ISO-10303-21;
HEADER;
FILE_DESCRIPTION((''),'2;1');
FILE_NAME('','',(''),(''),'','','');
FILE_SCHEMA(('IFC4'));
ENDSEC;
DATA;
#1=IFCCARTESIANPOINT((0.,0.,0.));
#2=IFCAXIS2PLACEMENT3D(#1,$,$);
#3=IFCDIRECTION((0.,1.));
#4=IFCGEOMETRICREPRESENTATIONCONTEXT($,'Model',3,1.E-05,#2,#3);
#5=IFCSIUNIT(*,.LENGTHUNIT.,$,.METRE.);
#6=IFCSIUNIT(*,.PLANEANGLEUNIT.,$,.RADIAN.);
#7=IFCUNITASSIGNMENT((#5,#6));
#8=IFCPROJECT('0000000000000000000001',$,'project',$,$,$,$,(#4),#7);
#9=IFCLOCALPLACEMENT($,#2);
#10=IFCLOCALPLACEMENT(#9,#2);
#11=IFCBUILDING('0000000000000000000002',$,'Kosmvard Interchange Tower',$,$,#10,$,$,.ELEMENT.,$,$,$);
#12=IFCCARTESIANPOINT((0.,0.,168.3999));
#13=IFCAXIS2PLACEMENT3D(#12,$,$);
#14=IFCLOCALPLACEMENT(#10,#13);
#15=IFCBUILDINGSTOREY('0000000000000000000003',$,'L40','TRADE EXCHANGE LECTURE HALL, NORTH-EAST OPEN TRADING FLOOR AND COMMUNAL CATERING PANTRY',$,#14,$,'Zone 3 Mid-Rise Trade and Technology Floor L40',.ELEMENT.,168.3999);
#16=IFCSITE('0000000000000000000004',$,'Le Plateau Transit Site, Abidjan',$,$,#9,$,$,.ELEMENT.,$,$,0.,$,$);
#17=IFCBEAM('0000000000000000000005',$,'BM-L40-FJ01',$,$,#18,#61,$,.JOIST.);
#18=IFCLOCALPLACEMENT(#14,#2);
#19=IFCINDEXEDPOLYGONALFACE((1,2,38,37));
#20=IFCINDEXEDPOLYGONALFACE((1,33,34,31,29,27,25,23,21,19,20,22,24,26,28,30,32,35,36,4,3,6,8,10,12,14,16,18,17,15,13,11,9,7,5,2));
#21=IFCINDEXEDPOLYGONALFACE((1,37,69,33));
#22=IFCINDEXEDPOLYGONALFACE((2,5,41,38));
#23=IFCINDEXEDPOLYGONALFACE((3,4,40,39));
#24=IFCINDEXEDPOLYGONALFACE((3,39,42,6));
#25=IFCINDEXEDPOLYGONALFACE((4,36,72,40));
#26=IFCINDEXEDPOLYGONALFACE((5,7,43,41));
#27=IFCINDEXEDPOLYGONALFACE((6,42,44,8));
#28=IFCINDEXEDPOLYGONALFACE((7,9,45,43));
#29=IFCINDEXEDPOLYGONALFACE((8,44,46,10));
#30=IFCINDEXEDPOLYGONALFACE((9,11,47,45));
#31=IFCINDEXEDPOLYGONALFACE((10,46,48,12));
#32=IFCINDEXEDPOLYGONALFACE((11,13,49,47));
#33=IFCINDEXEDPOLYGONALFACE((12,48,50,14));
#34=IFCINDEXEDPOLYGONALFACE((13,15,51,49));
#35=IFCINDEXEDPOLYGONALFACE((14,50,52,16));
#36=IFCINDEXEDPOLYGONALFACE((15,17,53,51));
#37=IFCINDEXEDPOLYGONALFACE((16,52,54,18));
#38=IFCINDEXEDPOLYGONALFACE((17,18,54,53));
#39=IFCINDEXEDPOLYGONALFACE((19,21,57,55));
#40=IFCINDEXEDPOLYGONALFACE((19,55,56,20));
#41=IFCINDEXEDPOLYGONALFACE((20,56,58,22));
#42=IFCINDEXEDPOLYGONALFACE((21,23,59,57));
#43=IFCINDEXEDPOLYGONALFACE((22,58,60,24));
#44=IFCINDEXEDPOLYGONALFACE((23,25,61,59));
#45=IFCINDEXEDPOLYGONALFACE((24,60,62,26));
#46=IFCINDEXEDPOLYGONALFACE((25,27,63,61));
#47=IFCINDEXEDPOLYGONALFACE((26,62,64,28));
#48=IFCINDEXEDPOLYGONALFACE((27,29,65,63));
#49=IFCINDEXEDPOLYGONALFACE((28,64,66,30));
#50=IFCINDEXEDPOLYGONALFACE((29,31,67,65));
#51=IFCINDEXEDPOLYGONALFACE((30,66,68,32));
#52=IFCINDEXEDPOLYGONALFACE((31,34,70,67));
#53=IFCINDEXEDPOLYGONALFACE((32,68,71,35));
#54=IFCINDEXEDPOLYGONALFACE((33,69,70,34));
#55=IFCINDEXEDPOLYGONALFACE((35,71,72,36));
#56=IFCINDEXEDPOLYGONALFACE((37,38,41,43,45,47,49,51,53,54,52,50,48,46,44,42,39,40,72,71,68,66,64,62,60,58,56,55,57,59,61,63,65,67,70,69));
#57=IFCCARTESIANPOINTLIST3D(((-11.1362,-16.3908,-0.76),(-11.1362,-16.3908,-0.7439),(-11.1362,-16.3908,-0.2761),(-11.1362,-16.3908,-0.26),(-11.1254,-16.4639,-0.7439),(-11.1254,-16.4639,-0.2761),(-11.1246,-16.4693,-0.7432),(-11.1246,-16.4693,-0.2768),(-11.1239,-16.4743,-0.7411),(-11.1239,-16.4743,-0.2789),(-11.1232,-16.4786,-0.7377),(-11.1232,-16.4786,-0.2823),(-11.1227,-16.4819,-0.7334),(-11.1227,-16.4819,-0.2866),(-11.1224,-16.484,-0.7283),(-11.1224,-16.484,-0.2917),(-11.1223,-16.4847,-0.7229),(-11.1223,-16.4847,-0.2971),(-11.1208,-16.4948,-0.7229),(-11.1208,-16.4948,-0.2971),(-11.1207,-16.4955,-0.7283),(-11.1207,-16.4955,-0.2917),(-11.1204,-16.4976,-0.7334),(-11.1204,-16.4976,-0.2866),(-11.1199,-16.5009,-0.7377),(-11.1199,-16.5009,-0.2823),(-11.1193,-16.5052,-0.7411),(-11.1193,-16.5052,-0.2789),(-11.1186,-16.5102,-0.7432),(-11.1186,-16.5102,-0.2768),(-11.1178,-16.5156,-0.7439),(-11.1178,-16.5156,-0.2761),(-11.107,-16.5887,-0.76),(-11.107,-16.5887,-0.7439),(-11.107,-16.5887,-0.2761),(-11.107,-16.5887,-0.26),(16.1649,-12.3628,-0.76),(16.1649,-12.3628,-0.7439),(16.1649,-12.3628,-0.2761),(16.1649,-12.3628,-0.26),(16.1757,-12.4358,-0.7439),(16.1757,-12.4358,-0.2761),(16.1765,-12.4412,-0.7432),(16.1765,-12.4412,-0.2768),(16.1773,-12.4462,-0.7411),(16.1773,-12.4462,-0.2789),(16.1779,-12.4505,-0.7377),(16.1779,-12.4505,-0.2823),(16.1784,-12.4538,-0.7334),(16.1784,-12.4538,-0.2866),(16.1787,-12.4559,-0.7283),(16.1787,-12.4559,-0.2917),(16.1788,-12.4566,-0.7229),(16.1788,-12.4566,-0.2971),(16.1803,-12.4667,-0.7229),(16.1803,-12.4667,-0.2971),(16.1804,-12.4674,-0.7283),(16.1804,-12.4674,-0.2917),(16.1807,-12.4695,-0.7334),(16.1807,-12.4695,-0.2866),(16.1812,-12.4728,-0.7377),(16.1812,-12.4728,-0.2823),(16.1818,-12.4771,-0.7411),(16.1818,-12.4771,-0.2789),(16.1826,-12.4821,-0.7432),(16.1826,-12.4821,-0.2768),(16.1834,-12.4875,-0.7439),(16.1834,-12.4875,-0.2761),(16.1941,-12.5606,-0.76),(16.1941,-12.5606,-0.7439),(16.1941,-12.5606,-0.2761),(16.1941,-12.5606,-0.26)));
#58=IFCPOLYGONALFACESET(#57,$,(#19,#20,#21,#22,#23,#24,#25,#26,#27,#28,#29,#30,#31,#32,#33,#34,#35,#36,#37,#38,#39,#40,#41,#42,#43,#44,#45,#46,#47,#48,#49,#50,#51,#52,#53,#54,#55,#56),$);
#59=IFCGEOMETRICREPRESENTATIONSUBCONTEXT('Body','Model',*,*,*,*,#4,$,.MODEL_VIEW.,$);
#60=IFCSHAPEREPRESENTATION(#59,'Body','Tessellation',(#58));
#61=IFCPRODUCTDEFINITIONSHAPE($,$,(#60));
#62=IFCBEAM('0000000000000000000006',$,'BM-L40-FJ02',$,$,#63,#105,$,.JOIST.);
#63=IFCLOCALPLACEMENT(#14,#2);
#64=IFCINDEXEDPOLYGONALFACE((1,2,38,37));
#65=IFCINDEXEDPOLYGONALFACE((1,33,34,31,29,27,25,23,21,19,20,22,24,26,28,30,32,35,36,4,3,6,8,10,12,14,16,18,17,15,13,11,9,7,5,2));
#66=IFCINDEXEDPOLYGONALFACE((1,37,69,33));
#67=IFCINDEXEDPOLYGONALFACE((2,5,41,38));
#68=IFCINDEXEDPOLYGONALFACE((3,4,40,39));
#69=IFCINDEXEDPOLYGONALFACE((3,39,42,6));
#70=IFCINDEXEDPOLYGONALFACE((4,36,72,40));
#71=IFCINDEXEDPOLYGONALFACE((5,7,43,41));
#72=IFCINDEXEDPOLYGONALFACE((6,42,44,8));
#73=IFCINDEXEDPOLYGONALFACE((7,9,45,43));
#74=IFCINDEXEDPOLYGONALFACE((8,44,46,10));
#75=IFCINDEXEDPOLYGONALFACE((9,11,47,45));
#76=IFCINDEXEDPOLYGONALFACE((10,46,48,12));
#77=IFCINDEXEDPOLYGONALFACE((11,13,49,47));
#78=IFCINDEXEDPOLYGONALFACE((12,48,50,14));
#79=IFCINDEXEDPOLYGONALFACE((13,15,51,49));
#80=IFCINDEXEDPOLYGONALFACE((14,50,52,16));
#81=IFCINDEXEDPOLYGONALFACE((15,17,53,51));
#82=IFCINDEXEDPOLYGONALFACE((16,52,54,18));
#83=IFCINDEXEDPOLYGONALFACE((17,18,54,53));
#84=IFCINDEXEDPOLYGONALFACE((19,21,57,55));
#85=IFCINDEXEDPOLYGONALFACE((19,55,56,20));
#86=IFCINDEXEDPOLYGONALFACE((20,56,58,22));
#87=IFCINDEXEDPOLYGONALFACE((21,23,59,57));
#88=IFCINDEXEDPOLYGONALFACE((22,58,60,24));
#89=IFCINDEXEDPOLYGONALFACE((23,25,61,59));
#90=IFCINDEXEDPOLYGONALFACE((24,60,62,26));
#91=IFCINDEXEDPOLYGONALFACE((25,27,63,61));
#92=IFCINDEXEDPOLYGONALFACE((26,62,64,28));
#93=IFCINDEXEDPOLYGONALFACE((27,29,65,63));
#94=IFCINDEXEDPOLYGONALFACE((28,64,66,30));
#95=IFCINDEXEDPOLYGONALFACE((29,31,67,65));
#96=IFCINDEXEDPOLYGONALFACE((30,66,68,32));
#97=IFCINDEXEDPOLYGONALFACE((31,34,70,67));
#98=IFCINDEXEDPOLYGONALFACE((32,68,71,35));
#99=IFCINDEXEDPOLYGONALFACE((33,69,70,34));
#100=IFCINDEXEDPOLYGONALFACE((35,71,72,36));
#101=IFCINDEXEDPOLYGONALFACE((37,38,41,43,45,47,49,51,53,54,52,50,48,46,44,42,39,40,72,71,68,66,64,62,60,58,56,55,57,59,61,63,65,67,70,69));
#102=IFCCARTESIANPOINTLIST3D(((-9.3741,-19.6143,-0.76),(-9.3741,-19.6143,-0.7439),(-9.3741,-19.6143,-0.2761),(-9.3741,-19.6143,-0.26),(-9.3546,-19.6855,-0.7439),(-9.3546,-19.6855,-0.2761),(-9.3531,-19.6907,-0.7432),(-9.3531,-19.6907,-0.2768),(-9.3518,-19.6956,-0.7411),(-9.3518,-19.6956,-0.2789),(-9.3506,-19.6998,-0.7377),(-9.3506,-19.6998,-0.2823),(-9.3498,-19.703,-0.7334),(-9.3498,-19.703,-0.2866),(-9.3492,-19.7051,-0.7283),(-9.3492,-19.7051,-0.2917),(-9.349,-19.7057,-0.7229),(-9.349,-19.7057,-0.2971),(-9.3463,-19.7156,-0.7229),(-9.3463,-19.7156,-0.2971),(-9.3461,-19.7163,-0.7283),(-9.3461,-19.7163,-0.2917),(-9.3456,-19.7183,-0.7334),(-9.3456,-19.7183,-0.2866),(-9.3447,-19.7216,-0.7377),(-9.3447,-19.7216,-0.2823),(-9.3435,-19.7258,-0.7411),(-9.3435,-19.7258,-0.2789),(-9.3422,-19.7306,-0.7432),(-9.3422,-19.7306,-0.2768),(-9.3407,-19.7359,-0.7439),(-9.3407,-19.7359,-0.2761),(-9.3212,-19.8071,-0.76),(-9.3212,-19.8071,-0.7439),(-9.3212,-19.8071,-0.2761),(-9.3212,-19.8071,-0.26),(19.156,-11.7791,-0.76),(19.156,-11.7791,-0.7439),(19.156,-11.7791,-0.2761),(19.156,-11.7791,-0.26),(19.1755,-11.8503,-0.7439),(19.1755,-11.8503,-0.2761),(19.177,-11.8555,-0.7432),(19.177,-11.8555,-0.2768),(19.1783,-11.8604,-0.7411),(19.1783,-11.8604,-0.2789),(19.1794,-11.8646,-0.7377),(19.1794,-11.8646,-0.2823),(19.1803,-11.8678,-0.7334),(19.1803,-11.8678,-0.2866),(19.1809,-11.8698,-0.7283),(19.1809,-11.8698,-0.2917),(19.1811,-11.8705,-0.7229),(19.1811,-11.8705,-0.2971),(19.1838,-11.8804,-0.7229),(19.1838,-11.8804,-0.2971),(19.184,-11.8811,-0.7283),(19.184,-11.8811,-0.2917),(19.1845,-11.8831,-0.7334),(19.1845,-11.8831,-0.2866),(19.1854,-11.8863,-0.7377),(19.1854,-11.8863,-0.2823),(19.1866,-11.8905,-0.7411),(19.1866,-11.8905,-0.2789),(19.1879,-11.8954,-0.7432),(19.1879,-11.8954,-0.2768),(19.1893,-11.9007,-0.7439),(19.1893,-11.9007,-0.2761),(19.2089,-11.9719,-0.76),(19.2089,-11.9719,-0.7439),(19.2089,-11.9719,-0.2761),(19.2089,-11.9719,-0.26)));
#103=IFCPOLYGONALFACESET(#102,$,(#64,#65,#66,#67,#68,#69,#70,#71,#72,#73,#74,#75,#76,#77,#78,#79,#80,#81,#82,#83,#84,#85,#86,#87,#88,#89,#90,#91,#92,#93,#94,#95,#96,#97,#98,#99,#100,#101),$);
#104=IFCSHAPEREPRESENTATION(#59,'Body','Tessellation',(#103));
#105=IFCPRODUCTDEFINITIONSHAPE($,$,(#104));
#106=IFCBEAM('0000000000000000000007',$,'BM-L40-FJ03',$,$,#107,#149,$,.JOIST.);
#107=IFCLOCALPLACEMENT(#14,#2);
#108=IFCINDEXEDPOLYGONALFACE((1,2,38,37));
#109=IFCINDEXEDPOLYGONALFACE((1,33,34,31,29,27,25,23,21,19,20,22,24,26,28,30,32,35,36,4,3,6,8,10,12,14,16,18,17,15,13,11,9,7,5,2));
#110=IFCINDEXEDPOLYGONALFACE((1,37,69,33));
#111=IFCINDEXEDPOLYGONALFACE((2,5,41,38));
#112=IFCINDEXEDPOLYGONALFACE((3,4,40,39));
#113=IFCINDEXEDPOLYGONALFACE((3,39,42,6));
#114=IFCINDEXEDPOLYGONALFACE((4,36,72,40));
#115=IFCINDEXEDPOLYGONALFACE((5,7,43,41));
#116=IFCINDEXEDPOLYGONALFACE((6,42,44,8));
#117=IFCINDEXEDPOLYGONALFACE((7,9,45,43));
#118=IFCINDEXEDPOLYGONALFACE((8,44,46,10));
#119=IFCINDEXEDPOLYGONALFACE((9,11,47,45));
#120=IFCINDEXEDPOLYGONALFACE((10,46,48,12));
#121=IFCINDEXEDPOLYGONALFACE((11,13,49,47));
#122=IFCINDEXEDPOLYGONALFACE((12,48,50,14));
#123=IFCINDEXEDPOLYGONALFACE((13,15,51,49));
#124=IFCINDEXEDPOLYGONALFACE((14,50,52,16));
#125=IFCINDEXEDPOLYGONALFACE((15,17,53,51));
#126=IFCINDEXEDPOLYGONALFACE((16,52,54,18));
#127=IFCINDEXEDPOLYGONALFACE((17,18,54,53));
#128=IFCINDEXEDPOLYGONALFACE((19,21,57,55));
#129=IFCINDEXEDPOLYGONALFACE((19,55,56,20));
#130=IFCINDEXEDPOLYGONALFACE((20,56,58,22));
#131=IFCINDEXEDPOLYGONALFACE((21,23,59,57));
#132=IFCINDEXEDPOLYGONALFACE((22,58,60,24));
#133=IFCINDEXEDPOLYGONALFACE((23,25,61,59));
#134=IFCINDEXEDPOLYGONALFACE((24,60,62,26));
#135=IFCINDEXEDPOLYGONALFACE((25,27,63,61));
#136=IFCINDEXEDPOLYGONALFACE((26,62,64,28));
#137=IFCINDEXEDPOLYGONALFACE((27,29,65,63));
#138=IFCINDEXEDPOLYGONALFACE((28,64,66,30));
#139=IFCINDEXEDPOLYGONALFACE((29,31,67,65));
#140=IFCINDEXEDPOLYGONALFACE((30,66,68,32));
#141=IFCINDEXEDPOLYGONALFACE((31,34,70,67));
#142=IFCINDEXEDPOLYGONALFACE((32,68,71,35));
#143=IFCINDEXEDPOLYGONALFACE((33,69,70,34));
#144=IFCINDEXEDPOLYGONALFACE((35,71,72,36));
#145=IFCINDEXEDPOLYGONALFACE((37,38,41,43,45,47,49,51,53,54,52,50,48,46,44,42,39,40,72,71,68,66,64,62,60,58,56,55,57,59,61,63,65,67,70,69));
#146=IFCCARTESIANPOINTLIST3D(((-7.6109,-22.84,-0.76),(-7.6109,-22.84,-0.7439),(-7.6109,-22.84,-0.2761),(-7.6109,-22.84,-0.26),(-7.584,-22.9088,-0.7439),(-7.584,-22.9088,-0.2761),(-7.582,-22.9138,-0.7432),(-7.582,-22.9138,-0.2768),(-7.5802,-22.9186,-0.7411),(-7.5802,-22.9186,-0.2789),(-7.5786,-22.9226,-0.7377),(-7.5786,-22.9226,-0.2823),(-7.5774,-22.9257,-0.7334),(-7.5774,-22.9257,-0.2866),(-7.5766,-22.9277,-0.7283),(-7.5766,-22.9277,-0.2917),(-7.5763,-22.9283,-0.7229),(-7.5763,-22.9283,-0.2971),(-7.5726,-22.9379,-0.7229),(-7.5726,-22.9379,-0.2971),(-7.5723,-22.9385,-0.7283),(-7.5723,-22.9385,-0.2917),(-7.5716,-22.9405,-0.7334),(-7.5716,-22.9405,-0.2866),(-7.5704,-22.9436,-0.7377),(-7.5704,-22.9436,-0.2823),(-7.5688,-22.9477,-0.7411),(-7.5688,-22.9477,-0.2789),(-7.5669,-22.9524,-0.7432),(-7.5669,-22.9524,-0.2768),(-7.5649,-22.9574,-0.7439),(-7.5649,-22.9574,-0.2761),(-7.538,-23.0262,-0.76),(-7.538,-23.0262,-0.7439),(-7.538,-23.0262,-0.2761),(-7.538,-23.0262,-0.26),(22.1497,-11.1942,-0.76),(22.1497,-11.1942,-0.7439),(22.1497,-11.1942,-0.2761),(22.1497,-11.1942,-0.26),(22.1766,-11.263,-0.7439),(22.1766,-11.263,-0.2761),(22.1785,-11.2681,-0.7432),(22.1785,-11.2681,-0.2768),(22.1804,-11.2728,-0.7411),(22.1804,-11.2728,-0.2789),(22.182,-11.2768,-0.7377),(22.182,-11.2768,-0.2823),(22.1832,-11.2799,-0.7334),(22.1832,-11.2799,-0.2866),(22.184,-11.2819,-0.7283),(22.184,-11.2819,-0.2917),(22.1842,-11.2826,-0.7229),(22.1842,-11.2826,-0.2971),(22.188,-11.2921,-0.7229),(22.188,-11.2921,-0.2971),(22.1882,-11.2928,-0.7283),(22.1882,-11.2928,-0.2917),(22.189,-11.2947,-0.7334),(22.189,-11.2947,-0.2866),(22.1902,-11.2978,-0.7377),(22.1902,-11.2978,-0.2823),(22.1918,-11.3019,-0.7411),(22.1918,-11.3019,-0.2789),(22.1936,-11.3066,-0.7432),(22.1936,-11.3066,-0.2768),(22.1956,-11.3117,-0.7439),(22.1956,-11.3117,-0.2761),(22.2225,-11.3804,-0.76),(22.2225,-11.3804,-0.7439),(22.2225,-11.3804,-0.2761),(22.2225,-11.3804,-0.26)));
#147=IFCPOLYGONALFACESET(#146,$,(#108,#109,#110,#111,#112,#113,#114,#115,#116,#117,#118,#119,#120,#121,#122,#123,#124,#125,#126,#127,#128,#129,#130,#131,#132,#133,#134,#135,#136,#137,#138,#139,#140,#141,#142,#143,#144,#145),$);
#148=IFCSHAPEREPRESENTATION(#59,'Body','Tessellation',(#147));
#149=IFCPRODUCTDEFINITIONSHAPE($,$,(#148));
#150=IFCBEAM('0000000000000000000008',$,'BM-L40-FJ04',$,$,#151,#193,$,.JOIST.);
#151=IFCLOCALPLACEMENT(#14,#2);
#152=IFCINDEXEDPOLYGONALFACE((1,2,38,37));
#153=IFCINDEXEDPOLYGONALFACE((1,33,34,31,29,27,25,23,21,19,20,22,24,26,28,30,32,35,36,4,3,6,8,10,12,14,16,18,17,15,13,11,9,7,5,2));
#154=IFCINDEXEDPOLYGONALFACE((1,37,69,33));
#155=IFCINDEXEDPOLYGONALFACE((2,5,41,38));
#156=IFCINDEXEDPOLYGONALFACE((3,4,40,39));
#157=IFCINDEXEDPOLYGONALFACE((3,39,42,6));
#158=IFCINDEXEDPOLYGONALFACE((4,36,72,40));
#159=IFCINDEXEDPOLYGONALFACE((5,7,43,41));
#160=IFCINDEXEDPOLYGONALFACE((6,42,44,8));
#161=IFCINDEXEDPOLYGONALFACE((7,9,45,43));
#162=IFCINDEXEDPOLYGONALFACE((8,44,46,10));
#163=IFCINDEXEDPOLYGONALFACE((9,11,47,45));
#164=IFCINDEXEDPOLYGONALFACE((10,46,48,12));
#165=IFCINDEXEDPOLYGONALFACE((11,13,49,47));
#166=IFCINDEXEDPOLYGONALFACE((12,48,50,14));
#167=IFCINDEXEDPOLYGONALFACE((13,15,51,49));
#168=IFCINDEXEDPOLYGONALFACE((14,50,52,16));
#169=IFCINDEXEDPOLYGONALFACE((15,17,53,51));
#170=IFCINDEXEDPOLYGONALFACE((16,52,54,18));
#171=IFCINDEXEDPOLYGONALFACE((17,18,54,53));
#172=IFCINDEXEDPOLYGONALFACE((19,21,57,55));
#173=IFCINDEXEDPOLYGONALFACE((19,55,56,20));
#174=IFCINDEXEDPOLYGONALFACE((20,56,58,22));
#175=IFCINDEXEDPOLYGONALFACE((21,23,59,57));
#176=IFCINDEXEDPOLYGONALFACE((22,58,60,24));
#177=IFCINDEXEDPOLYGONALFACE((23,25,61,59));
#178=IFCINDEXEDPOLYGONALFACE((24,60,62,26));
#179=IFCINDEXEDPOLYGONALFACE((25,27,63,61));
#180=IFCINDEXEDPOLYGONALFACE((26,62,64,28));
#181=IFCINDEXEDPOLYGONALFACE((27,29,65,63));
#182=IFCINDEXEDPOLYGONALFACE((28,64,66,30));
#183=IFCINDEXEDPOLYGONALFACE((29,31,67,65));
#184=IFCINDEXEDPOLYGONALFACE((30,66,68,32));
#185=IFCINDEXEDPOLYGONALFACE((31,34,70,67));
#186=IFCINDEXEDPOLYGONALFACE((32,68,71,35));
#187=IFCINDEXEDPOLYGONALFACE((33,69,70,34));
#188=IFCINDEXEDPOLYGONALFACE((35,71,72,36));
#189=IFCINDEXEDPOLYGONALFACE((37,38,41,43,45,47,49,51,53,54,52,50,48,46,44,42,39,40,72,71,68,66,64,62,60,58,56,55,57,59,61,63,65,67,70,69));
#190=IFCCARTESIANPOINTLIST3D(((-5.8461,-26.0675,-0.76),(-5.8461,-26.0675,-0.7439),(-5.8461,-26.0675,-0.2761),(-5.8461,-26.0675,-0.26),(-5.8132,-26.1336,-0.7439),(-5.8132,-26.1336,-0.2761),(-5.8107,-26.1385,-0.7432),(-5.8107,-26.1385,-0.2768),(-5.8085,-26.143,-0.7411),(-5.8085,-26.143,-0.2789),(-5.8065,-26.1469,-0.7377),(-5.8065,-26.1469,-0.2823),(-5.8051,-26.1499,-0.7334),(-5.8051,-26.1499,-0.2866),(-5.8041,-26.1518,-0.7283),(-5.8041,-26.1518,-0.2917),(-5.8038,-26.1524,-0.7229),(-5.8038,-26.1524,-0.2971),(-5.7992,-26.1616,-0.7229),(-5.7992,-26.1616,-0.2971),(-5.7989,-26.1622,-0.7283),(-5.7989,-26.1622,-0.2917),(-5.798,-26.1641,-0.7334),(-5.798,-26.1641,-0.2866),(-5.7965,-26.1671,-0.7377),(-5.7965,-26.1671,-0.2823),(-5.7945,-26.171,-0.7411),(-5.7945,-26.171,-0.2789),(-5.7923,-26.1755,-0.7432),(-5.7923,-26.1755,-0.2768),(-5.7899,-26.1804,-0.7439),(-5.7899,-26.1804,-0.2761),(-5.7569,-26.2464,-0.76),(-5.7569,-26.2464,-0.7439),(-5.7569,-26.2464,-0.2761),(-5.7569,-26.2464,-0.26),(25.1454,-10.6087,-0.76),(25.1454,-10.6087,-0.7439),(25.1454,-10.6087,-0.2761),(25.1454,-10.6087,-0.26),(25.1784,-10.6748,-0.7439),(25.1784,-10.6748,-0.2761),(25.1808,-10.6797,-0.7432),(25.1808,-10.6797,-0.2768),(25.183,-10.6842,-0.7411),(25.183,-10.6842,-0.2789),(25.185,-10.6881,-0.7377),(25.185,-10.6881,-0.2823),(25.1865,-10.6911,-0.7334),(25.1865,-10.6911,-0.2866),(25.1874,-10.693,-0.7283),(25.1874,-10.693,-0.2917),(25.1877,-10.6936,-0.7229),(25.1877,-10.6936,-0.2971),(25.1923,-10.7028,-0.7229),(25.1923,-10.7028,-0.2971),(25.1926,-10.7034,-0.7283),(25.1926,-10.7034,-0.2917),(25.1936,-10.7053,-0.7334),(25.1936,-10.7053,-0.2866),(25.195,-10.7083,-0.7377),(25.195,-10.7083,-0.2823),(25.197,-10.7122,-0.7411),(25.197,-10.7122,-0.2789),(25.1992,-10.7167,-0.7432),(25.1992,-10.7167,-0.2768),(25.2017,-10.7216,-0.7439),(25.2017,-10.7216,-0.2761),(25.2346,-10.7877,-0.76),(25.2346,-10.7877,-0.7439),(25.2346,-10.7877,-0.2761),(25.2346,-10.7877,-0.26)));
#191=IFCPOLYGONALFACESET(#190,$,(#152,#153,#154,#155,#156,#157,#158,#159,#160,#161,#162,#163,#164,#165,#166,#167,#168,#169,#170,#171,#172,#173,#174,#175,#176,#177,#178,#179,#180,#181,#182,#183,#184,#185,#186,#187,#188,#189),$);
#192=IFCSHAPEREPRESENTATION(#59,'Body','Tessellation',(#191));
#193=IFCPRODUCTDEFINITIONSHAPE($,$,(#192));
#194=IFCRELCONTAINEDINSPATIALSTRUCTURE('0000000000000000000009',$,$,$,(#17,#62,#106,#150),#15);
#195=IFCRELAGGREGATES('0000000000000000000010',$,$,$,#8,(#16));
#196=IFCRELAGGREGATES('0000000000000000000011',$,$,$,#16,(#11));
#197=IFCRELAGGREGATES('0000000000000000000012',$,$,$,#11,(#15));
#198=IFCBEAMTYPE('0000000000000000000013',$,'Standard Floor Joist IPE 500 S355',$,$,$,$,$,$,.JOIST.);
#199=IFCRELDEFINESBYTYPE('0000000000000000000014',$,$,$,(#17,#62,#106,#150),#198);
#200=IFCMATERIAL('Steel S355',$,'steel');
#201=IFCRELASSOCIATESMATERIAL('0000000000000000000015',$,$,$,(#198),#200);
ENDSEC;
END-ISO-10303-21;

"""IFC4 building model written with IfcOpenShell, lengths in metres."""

from ifc_helpers import new_model, si_unit, direction, frame, origin, origin_2d, place, context, subcontext, project, spatial, i_section, extrude, source, transform, mapped, material, material_profile, profile_set, type_object, element, save


model = new_model("IFC4")

# Units and contexts
model_context = context("Model", 3, precision=1e-05, world=origin(), true_north=direction((0.0, 1.0)))
body_context = subcontext(model_context, "Body", "Model", "MODEL_VIEW")
ifc_project = project(units=[si_unit("LENGTHUNIT", "METRE"), si_unit("PLANEANGLEUNIT", "RADIAN")], contexts=[model_context])

# Site, building, storey
site_placement = place(None, origin())
site = spatial("IfcSite", under=ifc_project, at=site_placement, Name="Le Plateau Transit Site, Abidjan", CompositionType="ELEMENT", RefElevation=0.0)
building_placement = place(site_placement, origin())
building = spatial("IfcBuilding", under=site, at=building_placement, Name="Kosmvard Interchange Tower", CompositionType="ELEMENT")
storey_placement = place(building_placement, frame((0.0, 0.0, 168.3999)))
storey = spatial("IfcBuildingStorey", under=building, at=storey_placement, Name="L40", Description="TRADE EXCHANGE LECTURE HALL, NORTH-EAST OPEN TRADING FLOOR AND COMMUNAL CATERING PANTRY", LongName="Zone 3 Mid-Rise Trade and Technology Floor L40", CompositionType="ELEMENT", Elevation=168.3999)

# Beams
ifc_material_1 = material(Name="Steel S355", Category="steel")
ifc_material_profile_1 = material_profile(ifc_material_1, i_section(OverallWidth=0.2, OverallDepth=0.5, WebThickness=0.0103, FlangeThickness=0.0161, FilletRadius=0.021, at=origin_2d()), Name="IPE 500")
ifc_profile_set_1 = profile_set([ifc_material_profile_1], Name="Steel S355")
beam_type_1 = type_object("IfcBeamType", Name="Standard Floor Joist IPE 500 S355", PredefinedType="JOIST", material=ifc_profile_set_1)
shared_shape_1 = source(origin(), body_context, "Body", "SweptSolid", [
    extrude(i_section(OverallWidth=0.2, OverallDepth=0.5, WebThickness=0.0103, FlangeThickness=0.0161, FilletRadius=0.021, at=origin_2d()), origin(), (0.0, 0.0, 1.0), 27.5967),
])
beam_1_placement = place(storey_placement, frame((-11.1216, -16.4897, -0.51), z_axis=(0.98929, 0.145963, 0.0), x_axis=(-0.145963, 0.98929, 0.0)))
element("IfcBeam", 1, at=beam_1_placement, inside=storey, type_object=beam_type_1, Name="BM-L40-FJ01", PredefinedType="JOIST", context=body_context, shape_type="MappedRepresentation", body=[
    mapped(shared_shape_1, transform((0.0, 0.0, 0.0), scale=1.0)),
])
shared_shape_2 = source(origin(), body_context, "Body", "SweptSolid", [
    extrude(i_section(OverallWidth=0.2, OverallDepth=0.5, WebThickness=0.0103, FlangeThickness=0.0161, FilletRadius=0.021, at=origin_2d()), origin(), (0.0, 0.0, 1.0), 29.5864),
])
beam_2_placement = place(storey_placement, frame((-9.3477, -19.7107, -0.51), z_axis=(0.964297, 0.264825, 0.0), x_axis=(-0.264825, 0.964297, 0.0)))
element("IfcBeam", 2, at=beam_2_placement, inside=storey, type_object=beam_type_1, Name="BM-L40-FJ02", PredefinedType="JOIST", context=body_context, shape_type="MappedRepresentation", body=[
    mapped(shared_shape_2, transform((0.0, 0.0, 0.0), scale=1.0)),
])
shared_shape_3 = source(origin(), body_context, "Body", "SweptSolid", [
    extrude(i_section(OverallWidth=0.2, OverallDepth=0.5, WebThickness=0.0103, FlangeThickness=0.0161, FilletRadius=0.021, at=origin_2d()), origin(), (0.0, 0.0, 1.0), 31.958),
])
beam_3_placement = place(storey_placement, frame((-7.5745, -22.9331, -0.51), z_axis=(0.931239, 0.364409, 0.0), x_axis=(-0.364409, 0.931239, 0.0)))
element("IfcBeam", 3, at=beam_3_placement, inside=storey, type_object=beam_type_1, Name="BM-L40-FJ03", PredefinedType="JOIST", context=body_context, shape_type="MappedRepresentation", body=[
    mapped(shared_shape_3, transform((0.0, 0.0, 0.0), scale=1.0)),
])
shared_shape_4 = source(origin(), body_context, "Body", "SweptSolid", [
    extrude(i_section(OverallWidth=0.2, OverallDepth=0.5, WebThickness=0.0103, FlangeThickness=0.0161, FilletRadius=0.021, at=origin_2d()), origin(), (0.0, 0.0, 1.0), 34.6331),
])
beam_4_placement = place(storey_placement, frame((-5.8015, -26.157, -0.51), z_axis=(0.894854, 0.446359, 0.0), x_axis=(-0.446359, 0.894854, 0.0)))
element("IfcBeam", 4, at=beam_4_placement, inside=storey, type_object=beam_type_1, Name="BM-L40-FJ04", PredefinedType="JOIST", context=body_context, shape_type="MappedRepresentation", body=[
    mapped(shared_shape_4, transform((0.0, 0.0, 0.0), scale=1.0)),
])

save(model, "model.ifc")
